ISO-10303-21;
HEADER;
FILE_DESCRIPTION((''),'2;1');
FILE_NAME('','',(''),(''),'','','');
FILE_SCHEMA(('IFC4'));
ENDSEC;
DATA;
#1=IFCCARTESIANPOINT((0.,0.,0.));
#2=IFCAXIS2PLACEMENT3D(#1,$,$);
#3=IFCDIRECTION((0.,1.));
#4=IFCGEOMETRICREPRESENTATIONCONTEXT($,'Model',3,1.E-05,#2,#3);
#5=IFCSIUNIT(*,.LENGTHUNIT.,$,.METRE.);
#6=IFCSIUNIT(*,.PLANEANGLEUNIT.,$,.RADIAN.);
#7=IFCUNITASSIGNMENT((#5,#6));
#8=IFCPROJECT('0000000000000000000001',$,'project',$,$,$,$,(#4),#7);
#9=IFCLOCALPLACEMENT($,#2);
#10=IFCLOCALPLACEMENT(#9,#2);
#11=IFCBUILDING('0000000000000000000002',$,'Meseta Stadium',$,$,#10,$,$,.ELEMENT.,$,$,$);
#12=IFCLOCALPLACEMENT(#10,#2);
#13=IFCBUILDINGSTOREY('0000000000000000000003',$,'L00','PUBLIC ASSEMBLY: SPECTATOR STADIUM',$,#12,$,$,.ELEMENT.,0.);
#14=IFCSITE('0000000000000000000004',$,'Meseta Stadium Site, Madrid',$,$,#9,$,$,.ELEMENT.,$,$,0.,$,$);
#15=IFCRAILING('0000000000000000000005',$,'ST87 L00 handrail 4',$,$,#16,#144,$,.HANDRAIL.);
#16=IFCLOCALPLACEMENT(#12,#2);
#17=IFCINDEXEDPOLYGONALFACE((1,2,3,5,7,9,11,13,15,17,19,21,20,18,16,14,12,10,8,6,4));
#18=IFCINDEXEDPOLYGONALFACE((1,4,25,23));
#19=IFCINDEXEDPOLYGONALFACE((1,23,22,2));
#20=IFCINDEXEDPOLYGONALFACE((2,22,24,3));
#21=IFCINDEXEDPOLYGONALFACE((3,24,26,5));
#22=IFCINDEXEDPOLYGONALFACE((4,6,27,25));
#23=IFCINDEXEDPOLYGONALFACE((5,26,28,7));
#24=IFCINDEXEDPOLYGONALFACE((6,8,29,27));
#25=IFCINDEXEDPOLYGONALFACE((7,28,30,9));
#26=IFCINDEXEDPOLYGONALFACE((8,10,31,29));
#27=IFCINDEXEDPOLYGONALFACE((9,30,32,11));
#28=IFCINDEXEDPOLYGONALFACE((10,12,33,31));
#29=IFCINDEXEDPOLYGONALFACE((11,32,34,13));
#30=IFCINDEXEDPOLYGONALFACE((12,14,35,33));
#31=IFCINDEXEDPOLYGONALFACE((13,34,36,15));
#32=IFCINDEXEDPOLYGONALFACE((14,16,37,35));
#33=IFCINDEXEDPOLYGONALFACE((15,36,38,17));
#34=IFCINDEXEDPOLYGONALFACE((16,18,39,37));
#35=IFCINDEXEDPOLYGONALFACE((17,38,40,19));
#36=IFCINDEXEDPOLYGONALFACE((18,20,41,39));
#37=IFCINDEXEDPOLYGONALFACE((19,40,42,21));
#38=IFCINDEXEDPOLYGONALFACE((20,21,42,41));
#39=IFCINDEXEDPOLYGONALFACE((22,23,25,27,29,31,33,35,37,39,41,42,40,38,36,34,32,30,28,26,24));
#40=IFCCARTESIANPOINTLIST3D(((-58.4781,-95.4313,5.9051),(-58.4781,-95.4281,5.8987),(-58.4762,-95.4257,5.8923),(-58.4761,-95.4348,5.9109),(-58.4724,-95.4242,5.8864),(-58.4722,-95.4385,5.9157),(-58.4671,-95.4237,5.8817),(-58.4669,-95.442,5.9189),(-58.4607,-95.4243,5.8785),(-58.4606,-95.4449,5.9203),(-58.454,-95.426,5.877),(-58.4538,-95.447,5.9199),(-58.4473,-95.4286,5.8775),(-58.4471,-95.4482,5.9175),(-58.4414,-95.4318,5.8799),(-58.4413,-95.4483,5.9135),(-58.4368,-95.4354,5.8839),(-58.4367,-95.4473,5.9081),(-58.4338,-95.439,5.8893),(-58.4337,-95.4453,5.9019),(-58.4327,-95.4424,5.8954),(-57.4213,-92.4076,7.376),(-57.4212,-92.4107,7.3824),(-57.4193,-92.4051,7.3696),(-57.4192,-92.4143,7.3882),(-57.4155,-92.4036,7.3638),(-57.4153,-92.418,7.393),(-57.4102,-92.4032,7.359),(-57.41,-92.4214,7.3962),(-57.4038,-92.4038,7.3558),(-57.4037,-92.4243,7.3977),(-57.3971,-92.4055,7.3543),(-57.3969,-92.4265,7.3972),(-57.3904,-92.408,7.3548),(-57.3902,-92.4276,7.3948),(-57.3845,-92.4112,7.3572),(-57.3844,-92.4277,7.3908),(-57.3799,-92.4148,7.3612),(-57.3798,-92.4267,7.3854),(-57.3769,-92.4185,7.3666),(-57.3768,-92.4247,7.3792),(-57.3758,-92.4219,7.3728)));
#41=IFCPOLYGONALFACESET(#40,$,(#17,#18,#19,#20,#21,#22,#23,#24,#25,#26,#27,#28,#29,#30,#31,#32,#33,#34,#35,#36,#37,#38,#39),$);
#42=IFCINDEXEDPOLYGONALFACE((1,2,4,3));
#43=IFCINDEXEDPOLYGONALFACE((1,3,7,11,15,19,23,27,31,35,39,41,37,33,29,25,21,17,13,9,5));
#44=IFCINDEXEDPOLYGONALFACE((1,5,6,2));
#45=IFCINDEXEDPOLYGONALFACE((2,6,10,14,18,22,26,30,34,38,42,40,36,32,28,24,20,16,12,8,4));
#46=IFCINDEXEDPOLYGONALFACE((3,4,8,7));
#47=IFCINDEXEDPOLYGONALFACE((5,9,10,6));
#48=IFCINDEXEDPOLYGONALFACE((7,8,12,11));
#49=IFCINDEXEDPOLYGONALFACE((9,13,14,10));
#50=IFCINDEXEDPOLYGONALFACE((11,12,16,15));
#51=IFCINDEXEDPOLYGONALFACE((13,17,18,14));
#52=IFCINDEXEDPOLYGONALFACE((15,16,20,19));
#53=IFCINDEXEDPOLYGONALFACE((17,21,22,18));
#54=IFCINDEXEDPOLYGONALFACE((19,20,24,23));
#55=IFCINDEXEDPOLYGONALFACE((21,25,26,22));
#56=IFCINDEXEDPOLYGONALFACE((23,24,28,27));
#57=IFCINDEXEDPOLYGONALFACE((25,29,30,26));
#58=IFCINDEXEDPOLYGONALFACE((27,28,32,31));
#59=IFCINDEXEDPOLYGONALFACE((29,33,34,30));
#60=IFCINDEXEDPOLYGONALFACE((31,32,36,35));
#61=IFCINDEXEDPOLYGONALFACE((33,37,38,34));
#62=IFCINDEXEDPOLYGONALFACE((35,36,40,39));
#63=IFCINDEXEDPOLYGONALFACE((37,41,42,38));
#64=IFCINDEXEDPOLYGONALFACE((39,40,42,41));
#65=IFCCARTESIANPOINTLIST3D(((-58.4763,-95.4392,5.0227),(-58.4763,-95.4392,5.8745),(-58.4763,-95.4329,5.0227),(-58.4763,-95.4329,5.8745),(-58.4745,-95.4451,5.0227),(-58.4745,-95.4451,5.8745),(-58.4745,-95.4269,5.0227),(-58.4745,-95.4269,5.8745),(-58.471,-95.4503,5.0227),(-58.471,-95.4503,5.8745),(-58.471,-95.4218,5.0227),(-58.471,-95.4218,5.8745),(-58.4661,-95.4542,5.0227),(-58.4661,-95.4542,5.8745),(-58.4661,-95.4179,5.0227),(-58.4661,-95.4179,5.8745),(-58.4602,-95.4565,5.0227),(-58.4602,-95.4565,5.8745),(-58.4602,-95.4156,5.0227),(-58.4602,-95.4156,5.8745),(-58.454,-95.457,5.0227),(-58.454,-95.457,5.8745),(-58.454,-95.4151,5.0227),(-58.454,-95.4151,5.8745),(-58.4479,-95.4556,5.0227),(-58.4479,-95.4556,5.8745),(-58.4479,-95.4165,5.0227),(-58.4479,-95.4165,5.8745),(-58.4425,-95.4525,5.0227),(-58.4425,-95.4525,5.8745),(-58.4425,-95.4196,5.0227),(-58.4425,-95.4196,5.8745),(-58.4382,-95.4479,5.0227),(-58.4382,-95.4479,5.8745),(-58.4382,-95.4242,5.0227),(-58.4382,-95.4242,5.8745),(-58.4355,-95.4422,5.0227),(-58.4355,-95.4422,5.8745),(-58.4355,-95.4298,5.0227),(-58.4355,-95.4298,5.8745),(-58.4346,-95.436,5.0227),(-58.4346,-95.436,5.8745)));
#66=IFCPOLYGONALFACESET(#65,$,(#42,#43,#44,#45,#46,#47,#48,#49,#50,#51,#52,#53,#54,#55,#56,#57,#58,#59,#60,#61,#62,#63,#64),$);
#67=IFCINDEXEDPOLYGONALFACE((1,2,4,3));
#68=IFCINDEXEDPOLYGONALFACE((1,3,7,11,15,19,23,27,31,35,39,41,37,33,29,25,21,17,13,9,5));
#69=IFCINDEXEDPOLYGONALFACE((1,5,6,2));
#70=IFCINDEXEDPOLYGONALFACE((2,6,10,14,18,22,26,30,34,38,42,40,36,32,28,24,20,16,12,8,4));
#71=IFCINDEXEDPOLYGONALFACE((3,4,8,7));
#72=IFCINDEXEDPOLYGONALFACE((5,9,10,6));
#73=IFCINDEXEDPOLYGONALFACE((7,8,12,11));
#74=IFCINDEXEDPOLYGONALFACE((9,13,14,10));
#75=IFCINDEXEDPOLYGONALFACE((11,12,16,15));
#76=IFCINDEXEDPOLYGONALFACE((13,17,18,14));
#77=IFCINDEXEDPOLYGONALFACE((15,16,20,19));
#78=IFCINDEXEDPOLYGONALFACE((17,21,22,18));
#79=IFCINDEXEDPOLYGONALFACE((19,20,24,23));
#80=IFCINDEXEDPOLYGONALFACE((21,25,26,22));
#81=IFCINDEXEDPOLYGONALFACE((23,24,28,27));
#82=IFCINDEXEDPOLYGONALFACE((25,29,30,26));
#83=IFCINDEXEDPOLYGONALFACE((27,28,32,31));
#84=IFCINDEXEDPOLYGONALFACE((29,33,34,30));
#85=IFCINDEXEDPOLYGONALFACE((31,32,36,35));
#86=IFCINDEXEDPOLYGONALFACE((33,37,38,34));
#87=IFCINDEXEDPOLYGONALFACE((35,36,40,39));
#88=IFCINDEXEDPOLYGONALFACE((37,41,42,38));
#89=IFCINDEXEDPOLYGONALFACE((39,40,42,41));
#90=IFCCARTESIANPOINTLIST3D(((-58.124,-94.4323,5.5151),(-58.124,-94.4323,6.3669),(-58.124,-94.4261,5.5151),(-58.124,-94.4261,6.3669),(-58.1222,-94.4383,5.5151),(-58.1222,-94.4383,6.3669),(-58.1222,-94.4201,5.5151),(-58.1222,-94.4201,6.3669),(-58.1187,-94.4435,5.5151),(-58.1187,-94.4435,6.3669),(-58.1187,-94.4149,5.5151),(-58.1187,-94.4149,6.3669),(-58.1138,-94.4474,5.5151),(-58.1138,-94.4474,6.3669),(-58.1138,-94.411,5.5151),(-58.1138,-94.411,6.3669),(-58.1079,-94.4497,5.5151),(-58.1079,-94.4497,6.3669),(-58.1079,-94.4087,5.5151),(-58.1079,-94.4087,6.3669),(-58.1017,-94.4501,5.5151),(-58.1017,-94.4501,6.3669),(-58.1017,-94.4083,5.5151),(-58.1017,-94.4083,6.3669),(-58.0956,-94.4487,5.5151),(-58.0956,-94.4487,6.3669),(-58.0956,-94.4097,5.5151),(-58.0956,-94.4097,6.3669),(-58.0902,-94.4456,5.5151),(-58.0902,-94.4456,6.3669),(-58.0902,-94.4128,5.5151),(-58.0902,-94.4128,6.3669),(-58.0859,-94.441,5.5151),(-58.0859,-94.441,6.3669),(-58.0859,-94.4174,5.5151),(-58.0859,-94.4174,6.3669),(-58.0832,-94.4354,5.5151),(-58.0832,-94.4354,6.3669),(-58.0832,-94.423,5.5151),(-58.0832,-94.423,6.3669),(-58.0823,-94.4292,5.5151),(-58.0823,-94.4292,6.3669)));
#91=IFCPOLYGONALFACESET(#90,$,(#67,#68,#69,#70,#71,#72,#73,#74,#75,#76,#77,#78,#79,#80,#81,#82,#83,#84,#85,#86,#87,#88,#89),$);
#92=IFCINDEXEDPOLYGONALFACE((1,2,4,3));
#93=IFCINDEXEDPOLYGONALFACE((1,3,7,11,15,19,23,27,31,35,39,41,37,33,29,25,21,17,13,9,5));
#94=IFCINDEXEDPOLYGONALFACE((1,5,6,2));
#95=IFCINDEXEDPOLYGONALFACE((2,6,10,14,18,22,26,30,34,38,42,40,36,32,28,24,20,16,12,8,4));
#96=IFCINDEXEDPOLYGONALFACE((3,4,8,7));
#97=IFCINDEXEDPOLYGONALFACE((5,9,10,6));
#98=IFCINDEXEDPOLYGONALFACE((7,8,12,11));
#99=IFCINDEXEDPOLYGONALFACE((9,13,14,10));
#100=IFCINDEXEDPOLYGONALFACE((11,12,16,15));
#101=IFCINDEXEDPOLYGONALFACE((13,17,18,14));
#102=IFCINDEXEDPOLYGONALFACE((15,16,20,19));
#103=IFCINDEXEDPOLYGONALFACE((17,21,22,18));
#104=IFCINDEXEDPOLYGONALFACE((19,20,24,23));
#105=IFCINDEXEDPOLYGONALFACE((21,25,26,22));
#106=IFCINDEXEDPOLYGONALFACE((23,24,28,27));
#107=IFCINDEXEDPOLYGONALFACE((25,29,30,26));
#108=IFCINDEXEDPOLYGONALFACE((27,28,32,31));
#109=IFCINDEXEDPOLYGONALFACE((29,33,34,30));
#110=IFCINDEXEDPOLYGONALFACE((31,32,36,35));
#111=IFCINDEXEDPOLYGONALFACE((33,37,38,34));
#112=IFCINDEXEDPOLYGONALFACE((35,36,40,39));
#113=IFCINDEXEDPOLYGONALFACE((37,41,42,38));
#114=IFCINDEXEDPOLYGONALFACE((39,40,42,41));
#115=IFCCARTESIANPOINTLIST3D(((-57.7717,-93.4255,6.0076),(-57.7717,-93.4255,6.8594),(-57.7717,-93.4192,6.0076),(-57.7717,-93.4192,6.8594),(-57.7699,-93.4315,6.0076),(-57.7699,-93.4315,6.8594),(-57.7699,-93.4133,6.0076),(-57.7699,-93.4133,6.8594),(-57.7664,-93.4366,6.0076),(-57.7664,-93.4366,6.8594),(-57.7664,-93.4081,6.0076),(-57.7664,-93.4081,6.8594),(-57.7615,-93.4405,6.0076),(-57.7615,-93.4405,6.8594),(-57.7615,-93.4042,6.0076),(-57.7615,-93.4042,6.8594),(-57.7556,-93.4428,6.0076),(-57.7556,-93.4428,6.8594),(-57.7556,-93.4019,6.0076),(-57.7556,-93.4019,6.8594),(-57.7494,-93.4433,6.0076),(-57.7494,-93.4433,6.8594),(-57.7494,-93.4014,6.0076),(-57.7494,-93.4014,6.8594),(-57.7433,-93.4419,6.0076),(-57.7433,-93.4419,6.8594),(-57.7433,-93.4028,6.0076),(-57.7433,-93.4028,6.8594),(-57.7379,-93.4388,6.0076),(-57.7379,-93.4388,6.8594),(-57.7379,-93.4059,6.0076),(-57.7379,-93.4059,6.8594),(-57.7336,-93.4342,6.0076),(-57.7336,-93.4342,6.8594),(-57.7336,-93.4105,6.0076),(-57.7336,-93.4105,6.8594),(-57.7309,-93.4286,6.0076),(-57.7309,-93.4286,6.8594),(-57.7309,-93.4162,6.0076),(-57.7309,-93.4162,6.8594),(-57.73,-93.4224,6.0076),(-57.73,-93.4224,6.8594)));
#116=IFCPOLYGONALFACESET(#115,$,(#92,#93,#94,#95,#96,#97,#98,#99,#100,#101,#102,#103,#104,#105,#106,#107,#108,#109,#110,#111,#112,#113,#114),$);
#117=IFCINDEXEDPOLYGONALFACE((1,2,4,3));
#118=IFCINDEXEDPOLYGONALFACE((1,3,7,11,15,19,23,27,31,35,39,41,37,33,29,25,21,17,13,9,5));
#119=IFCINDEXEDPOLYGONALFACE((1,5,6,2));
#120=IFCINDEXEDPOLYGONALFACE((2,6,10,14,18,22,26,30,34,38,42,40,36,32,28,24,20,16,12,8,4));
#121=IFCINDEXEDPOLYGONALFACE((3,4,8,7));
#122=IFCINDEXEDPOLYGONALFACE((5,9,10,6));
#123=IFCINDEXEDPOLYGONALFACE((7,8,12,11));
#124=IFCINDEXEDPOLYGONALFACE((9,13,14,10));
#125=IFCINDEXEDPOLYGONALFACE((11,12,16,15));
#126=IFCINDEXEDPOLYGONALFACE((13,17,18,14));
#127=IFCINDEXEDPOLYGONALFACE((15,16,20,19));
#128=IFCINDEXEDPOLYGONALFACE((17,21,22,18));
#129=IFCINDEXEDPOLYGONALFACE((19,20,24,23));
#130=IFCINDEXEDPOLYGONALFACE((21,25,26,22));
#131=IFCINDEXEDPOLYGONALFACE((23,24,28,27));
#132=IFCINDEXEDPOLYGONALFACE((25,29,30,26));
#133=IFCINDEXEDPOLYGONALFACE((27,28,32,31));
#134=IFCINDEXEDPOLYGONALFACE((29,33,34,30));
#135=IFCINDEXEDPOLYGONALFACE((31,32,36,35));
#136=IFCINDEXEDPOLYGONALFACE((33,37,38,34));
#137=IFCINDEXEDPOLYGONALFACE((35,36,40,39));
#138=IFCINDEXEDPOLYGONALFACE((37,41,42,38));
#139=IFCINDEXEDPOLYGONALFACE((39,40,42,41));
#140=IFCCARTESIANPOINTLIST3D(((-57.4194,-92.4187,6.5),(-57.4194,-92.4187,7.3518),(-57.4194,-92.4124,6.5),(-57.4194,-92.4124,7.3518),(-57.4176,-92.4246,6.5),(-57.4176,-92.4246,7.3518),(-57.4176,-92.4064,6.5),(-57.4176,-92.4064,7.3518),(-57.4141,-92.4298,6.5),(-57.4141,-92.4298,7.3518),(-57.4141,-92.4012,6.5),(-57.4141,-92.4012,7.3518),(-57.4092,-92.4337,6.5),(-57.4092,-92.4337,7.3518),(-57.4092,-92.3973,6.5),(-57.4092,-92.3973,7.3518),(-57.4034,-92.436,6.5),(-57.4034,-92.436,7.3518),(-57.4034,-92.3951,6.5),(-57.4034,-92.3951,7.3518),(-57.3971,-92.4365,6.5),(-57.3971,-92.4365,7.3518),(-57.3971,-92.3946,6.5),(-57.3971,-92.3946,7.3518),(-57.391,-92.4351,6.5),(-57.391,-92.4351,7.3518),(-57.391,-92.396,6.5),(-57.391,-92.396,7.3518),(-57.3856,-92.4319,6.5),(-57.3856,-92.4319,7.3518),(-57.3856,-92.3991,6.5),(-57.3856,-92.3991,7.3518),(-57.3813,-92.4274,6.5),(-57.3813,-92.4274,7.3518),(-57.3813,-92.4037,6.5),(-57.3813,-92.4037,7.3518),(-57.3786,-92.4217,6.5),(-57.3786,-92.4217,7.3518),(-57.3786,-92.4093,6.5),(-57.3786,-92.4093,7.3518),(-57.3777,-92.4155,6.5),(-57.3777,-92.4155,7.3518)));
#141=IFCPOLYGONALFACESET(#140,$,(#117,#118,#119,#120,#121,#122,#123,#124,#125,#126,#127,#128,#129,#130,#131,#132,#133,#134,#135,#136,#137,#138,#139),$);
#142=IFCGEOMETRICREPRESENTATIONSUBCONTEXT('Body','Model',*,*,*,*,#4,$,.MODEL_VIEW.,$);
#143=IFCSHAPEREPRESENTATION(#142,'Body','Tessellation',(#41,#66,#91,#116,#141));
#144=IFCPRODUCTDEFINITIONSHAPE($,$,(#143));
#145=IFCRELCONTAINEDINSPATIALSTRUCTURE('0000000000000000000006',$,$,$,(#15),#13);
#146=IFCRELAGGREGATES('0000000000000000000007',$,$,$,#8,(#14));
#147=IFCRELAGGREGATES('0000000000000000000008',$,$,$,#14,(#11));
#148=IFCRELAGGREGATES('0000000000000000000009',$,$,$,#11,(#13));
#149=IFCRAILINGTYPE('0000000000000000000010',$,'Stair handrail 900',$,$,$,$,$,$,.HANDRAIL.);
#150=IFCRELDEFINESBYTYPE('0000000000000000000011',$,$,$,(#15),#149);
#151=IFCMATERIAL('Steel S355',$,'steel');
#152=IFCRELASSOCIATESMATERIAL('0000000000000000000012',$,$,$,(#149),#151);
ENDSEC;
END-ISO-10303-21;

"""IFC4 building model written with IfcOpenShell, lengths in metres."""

from ifc_helpers import new_model, si_unit, direction, frame, origin, origin_2d, place, context, subcontext, project, spatial, circle, extrude, material, type_object, element, save


model = new_model("IFC4")

# Units and contexts
model_context = context("Model", 3, precision=1e-05, world=origin(), true_north=direction((0.0, 1.0)))
body_context = subcontext(model_context, "Body", "Model", "MODEL_VIEW")
ifc_project = project(units=[si_unit("LENGTHUNIT", "METRE"), si_unit("PLANEANGLEUNIT", "RADIAN")], contexts=[model_context])

# Site, building, storey
site_placement = place(None, origin())
site = spatial("IfcSite", under=ifc_project, at=site_placement, Name="Meseta Stadium Site, Madrid", CompositionType="ELEMENT", RefElevation=0.0)
building_placement = place(site_placement, origin())
building = spatial("IfcBuilding", under=site, at=building_placement, Name="Meseta Stadium", CompositionType="ELEMENT")
storey_placement = place(building_placement, origin())
storey = spatial("IfcBuildingStorey", under=building, at=storey_placement, Name="L00", Description="PUBLIC ASSEMBLY: SPECTATOR STADIUM", CompositionType="ELEMENT", Elevation=0.0)

# Railing
ifc_material_1 = material(Name="Steel S355", Category="steel")
railing_type_1 = type_object("IfcRailingType", Name="Stair handrail 900", PredefinedType="HANDRAIL", material=ifc_material_1)
for number, where, name in (
    (1, (-58.4556, -95.436, 5.0227), "ST87 L00 handrail 4"),
):
    element("IfcRailing", number, at=place(storey_placement, frame(where)), inside=storey, type_object=railing_type_1, Name=name, PredefinedType="HANDRAIL", context=body_context, shape_type="SweptSolid", body=[
        extrude(circle(Radius=0.0239, at=origin_2d()), frame((0.0, 0.0, 0.876), z_axis=(0.299859, 0.856977, 0.419137), x_axis=(-0.943887, 0.330269, 0.0)), (0.0, 0.0, 1.0), 3.5247),
        extrude(circle(Radius=0.021, at=origin_2d()), origin(), (0.0, 0.0, 1.0), 0.8518),
        extrude(circle(Radius=0.021, at=origin_2d()), frame((0.3523, 1.0068, 0.4924)), (0.0, 0.0, 1.0), 0.8518),
        extrude(circle(Radius=0.021, at=origin_2d()), frame((0.7046, 2.0137, 0.9849)), (0.0, 0.0, 1.0), 0.8518),
        extrude(circle(Radius=0.021, at=origin_2d()), frame((1.0569, 3.0205, 1.4773)), (0.0, 0.0, 1.0), 0.8518),
    ])

save(model, "model.ifc")
